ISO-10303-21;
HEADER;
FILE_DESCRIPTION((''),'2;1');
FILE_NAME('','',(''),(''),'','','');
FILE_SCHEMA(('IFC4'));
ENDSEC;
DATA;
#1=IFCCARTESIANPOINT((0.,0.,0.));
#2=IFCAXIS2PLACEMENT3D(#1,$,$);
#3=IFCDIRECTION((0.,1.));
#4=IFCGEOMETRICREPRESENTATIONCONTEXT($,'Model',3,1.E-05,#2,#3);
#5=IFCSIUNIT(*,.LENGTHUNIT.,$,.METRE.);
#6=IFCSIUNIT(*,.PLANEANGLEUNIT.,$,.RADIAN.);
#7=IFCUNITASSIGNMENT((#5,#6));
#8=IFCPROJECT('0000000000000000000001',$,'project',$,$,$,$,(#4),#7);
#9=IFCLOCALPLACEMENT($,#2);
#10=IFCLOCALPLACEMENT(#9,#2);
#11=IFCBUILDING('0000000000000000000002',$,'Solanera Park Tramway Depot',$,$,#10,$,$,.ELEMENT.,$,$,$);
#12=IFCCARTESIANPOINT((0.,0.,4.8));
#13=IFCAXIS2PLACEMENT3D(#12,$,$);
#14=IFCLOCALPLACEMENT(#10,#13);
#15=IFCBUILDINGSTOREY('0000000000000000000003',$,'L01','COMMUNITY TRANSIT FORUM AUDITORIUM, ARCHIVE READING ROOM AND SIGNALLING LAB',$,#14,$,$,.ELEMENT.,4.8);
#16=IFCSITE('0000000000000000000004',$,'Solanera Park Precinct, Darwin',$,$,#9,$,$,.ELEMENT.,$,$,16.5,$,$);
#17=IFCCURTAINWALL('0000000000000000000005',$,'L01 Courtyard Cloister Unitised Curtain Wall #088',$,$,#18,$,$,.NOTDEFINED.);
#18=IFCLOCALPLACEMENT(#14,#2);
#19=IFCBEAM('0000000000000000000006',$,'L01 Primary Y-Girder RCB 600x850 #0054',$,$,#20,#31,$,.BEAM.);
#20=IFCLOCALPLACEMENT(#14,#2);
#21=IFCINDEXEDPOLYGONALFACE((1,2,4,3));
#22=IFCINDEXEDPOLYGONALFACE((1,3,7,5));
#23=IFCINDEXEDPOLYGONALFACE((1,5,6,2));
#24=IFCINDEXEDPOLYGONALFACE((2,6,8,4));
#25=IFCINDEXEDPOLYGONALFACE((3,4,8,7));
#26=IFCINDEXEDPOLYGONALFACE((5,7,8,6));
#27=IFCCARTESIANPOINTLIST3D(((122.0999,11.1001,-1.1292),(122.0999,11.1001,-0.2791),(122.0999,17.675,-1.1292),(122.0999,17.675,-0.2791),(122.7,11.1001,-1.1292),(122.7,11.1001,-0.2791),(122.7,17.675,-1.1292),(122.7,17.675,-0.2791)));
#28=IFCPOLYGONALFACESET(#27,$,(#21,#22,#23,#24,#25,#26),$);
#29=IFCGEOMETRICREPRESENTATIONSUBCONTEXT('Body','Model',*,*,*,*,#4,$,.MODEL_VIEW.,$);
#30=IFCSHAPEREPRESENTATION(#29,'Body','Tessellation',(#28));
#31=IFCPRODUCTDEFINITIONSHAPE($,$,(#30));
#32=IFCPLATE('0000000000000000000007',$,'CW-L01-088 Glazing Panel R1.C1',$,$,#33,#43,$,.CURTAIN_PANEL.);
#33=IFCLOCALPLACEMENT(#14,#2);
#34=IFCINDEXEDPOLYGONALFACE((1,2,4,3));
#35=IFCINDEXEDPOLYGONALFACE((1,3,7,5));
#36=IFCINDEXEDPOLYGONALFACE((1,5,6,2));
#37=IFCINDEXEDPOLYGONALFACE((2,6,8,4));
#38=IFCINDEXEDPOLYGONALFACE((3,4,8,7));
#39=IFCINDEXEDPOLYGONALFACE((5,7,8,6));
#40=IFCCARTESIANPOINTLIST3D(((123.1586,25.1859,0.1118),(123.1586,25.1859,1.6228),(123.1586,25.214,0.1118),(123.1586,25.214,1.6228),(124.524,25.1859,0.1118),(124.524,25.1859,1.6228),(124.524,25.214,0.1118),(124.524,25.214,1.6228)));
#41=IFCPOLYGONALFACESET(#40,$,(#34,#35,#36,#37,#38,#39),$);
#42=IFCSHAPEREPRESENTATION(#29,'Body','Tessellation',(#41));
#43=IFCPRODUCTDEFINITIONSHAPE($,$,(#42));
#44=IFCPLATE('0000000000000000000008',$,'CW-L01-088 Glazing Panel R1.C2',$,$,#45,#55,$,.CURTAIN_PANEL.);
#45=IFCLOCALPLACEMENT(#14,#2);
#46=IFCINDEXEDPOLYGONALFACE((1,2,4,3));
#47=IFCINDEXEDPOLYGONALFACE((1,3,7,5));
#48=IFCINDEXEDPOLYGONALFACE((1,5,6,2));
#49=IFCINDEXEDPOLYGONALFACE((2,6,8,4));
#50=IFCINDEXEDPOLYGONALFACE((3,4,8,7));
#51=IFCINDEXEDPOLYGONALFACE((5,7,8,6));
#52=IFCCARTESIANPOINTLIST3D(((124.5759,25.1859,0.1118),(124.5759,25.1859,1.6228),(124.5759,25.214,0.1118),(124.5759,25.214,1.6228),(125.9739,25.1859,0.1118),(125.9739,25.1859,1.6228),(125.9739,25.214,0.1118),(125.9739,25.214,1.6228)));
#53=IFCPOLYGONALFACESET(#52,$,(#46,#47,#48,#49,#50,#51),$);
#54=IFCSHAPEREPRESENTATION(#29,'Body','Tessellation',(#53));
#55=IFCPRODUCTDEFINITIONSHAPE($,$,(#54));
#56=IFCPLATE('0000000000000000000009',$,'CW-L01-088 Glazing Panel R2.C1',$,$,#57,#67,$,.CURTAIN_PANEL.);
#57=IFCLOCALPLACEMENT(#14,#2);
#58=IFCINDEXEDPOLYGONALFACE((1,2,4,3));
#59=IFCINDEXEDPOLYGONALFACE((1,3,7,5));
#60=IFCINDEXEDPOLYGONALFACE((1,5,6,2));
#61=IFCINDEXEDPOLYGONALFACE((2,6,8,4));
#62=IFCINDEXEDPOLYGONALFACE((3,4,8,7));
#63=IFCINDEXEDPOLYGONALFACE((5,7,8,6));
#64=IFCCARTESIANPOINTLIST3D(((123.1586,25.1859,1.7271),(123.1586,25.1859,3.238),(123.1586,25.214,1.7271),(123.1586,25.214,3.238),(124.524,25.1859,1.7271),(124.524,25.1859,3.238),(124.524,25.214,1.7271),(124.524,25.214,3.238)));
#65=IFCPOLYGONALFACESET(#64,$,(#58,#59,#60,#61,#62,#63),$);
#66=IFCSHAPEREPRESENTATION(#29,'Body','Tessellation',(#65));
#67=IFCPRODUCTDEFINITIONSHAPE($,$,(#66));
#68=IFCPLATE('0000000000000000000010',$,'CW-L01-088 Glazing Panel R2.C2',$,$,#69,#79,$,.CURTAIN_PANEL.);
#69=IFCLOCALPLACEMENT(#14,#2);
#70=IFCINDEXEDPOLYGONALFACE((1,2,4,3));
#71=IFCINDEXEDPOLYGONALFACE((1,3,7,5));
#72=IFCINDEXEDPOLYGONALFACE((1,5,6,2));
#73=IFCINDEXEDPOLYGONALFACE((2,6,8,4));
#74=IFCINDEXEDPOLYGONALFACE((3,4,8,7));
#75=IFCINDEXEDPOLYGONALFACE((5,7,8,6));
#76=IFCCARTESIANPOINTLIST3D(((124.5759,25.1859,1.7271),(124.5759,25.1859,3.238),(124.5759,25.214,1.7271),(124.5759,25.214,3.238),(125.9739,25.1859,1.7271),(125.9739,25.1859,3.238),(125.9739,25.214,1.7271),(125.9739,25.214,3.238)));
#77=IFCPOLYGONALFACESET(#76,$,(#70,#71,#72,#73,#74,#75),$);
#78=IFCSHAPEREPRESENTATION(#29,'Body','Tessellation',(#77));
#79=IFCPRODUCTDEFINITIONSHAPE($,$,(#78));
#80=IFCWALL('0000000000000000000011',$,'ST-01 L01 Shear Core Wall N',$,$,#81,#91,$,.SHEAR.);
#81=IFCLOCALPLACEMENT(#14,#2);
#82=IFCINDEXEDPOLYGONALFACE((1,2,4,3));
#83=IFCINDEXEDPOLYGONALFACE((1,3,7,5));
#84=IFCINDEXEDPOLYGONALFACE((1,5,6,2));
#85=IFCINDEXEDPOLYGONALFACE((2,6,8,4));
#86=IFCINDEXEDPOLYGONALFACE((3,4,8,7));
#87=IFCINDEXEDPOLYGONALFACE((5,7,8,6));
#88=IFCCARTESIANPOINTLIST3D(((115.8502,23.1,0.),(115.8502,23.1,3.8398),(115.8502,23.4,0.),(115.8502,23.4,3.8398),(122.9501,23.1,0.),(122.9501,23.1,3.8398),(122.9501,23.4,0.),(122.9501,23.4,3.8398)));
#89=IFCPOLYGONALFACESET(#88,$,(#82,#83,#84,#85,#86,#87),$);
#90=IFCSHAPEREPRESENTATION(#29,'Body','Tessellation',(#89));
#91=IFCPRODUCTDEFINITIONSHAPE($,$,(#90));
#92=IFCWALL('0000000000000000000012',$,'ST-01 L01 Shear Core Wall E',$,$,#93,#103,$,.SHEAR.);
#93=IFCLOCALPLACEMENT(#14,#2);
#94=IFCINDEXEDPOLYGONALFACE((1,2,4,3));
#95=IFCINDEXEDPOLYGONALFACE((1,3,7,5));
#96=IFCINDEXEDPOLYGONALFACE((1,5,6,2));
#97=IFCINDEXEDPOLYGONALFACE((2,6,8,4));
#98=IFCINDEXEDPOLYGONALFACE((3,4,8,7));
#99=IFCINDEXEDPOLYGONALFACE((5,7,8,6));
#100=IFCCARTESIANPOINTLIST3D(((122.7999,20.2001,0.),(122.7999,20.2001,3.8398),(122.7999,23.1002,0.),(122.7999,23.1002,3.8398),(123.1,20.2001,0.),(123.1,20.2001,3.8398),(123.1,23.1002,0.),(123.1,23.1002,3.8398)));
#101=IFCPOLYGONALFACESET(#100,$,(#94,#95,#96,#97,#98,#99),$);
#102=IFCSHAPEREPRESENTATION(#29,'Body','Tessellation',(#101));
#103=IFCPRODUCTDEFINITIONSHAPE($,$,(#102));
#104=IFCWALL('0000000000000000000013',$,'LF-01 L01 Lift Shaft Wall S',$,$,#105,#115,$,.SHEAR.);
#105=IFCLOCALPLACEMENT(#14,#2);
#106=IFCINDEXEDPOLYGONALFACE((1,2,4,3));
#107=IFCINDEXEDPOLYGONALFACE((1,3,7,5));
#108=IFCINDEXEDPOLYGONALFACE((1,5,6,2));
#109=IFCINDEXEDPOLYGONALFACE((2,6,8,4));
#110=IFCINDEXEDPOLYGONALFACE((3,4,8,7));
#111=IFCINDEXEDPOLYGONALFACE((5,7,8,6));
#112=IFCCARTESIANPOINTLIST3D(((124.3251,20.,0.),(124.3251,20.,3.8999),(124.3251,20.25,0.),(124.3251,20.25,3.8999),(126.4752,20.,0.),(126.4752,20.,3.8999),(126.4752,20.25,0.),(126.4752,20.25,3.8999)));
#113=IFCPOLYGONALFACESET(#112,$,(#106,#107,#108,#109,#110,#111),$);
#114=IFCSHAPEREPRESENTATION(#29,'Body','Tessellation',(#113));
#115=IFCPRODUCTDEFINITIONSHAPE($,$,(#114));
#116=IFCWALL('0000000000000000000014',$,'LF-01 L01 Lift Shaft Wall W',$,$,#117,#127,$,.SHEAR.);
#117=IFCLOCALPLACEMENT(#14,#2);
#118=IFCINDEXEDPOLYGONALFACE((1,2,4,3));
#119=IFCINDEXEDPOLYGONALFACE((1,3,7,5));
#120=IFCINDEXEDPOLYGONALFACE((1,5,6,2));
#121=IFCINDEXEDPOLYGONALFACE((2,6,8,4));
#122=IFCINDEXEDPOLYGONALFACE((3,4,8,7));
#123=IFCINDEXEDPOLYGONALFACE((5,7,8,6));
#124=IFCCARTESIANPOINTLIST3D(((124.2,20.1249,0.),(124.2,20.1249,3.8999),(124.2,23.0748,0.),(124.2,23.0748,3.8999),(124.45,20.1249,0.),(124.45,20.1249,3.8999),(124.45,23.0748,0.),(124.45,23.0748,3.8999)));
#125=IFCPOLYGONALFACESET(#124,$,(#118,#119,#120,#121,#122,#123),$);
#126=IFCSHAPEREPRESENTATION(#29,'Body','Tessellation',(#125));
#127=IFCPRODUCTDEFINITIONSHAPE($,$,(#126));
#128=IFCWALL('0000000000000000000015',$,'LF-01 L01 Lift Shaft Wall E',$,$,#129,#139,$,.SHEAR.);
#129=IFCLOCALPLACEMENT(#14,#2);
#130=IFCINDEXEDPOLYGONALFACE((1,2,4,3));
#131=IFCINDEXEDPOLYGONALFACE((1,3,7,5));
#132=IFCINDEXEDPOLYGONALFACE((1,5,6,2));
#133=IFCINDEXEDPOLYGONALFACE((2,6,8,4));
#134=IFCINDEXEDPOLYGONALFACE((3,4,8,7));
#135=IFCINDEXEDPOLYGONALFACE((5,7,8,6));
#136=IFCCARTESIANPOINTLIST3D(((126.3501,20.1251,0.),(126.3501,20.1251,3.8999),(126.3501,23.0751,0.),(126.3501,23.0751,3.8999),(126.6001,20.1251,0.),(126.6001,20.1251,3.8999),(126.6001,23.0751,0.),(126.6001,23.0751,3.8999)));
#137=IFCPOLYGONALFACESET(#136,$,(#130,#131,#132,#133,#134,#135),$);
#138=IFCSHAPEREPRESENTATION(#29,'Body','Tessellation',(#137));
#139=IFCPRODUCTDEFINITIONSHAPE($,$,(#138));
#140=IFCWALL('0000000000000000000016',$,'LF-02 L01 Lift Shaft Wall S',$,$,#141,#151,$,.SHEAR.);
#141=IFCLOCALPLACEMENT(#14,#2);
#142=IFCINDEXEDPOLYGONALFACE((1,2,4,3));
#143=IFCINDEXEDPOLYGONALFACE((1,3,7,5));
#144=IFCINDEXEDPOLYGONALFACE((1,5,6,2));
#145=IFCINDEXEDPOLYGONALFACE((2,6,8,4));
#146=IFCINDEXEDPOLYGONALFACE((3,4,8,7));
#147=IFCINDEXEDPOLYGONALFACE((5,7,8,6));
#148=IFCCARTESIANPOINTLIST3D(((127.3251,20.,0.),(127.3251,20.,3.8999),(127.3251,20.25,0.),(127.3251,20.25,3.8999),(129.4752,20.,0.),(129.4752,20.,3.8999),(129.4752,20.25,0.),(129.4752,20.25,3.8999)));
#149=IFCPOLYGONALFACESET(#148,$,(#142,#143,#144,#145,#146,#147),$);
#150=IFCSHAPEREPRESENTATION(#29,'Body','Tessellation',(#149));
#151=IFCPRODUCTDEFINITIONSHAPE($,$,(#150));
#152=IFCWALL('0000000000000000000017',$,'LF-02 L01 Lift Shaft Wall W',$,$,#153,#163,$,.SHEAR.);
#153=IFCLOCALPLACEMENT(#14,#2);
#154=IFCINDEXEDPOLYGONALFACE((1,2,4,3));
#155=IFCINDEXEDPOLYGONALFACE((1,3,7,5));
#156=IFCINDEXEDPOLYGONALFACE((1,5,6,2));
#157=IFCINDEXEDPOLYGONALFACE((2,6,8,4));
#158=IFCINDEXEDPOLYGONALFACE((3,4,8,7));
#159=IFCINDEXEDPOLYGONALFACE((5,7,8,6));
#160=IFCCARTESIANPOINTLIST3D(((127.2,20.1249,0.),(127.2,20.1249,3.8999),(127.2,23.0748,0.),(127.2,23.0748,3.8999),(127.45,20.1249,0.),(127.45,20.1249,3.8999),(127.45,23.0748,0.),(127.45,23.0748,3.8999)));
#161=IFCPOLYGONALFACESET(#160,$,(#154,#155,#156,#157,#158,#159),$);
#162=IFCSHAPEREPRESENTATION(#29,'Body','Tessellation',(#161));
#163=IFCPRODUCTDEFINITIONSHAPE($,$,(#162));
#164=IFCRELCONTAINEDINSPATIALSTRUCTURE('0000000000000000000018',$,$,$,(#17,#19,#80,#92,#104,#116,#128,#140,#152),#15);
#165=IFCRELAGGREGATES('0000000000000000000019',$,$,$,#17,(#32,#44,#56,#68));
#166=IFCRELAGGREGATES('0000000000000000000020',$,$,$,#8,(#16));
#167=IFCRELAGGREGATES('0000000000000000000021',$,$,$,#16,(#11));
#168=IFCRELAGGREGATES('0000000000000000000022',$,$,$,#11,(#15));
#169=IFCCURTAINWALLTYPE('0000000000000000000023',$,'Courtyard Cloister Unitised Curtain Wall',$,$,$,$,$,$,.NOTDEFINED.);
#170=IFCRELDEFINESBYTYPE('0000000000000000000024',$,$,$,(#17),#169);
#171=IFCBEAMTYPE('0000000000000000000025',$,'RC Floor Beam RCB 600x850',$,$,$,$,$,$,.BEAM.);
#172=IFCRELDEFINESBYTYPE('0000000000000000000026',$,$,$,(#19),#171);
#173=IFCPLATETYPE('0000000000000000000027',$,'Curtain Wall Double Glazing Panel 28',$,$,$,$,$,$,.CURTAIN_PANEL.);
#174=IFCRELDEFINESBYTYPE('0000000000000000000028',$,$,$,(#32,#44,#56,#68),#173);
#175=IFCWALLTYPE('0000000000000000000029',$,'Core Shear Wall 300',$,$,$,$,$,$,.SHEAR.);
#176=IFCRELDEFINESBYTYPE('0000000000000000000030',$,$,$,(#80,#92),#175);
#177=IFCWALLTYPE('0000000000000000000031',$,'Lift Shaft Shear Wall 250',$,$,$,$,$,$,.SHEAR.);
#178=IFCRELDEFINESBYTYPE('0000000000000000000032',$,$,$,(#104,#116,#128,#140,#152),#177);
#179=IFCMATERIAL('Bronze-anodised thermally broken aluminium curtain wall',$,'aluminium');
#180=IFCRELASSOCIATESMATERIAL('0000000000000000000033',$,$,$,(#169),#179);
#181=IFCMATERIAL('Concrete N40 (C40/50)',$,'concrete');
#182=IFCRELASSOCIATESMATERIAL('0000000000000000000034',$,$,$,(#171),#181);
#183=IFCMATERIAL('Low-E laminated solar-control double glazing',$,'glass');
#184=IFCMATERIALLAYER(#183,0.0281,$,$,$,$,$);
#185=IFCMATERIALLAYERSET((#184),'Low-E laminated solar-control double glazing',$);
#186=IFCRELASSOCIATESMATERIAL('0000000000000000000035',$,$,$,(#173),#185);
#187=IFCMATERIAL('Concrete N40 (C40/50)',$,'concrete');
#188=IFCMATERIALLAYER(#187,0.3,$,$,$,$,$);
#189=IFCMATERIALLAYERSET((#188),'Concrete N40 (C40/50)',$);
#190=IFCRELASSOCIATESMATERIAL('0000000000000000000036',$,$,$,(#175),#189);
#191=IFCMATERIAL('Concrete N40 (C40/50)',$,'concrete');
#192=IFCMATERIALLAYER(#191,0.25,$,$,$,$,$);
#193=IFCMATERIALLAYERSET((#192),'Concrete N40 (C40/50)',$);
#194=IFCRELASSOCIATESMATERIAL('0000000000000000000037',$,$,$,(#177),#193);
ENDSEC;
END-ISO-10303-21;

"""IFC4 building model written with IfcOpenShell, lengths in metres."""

from ifc_helpers import new_model, si_unit, direction, frame, frame_2d, origin, origin_2d, place, context, subcontext, project, spatial, rectangle, extrude, material, layer, layer_set, material_profile, profile_set, type_object, element, aggregate, save


model = new_model("IFC4")

# Units and contexts
model_context = context("Model", 3, precision=1e-05, world=origin(), true_north=direction((0.0, 1.0)))
body_context = subcontext(model_context, "Body", "Model", "MODEL_VIEW")
ifc_project = project(units=[si_unit("LENGTHUNIT", "METRE"), si_unit("PLANEANGLEUNIT", "RADIAN")], contexts=[model_context])

# Site, building, storey
site_placement = place(None, origin())
site = spatial("IfcSite", under=ifc_project, at=site_placement, Name="Solanera Park Precinct, Darwin", CompositionType="ELEMENT", RefElevation=16.5)
building_placement = place(site_placement, origin())
building = spatial("IfcBuilding", under=site, at=building_placement, Name="Solanera Park Tramway Depot", CompositionType="ELEMENT")
storey_placement = place(building_placement, frame((0.0, 0.0, 4.8)))
storey = spatial("IfcBuildingStorey", under=building, at=storey_placement, Name="L01", Description="COMMUNITY TRANSIT FORUM AUDITORIUM, ARCHIVE READING ROOM AND SIGNALLING LAB", CompositionType="ELEMENT", Elevation=4.8)

# Curtain wall
ifc_material_1 = material(Name="Bronze-anodised thermally broken aluminium curtain wall", Category="aluminium")
curtain_wall_type = type_object("IfcCurtainWallType", Name="Courtyard Cloister Unitised Curtain Wall", PredefinedType="NOTDEFINED", material=ifc_material_1)
curtain_wall_placement = place(storey_placement, origin())
curtain_wall = element("IfcCurtainWall", 1, at=curtain_wall_placement, inside=storey, type_object=curtain_wall_type, Name="L01 Courtyard Cloister Unitised Curtain Wall #088", PredefinedType="NOTDEFINED")

# Beam
ifc_material_2 = material(Name="Concrete N40 (C40/50)", Category="concrete")
ifc_material_profile_1 = material_profile(ifc_material_2, rectangle(XDim=0.6001, YDim=0.8501, at=origin_2d()), Name="RCB 600x850")
ifc_profile_set_1 = profile_set([ifc_material_profile_1], Name="Concrete N40 (C40/50)")
beam_type_1 = type_object("IfcBeamType", Name="RC Floor Beam RCB 600x850", PredefinedType="BEAM", material=ifc_profile_set_1)
beam_1_placement = place(storey_placement, frame((122.3999, 11.1001, -0.7041), z_axis=(0.0, 1.0, 0.0), x_axis=(-1.0, 0.0, 0.0)))
element("IfcBeam", 2, at=beam_1_placement, inside=storey, type_object=beam_type_1, Name="L01 Primary Y-Girder RCB 600x850 #0054", PredefinedType="BEAM", context=body_context, shape_type="SweptSolid", body=[
    extrude(rectangle(XDim=0.6001, YDim=0.8501, at=origin_2d()), origin(), (0.0, 0.0, 1.0), 6.575),
])

# Plates
ifc_material_3 = material(Name="Low-E laminated solar-control double glazing", Category="glass")
ifc_layer_1 = layer(ifc_material_3, 0.0281)
ifc_layer_set_1 = layer_set([ifc_layer_1], Name="Low-E laminated solar-control double glazing")
plate_type = type_object("IfcPlateType", Name="Curtain Wall Double Glazing Panel 28", PredefinedType="CURTAIN_PANEL", material=ifc_layer_set_1)
plate_1_placement = place(storey_placement, frame((123.8413, 25.2, 0.1118), z_axis=(0.0, 0.0, 1.0), x_axis=(1.0, 0.0, 0.0)))
plate_1 = element("IfcPlate", 3, at=plate_1_placement, type_object=plate_type, Name="CW-L01-088 Glazing Panel R1.C1", PredefinedType="CURTAIN_PANEL", context=body_context, shape_type="SweptSolid", body=[
    extrude(rectangle(XDim=1.3655, YDim=0.0281, at=origin_2d()), origin(), (0.0, 0.0, 1.0), 1.511),
])
plate_2_placement = place(storey_placement, frame((125.2749, 25.2, 0.1118), z_axis=(0.0, 0.0, 1.0), x_axis=(1.0, 0.0, 0.0)))
plate_2 = element("IfcPlate", 4, at=plate_2_placement, type_object=plate_type, Name="CW-L01-088 Glazing Panel R1.C2", PredefinedType="CURTAIN_PANEL", context=body_context, shape_type="SweptSolid", body=[
    extrude(rectangle(XDim=1.3979, YDim=0.0281, at=origin_2d()), origin(), (0.0, 0.0, 1.0), 1.511),
])
plate_3_placement = place(storey_placement, frame((123.8413, 25.2, 1.7271), z_axis=(0.0, 0.0, 1.0), x_axis=(1.0, 0.0, 0.0)))
plate_3 = element("IfcPlate", 5, at=plate_3_placement, type_object=plate_type, Name="CW-L01-088 Glazing Panel R2.C1", PredefinedType="CURTAIN_PANEL", context=body_context, shape_type="SweptSolid", body=[
    extrude(rectangle(XDim=1.3655, YDim=0.0281, at=origin_2d()), origin(), (0.0, 0.0, 1.0), 1.511),
])
plate_4_placement = place(storey_placement, frame((125.2749, 25.2, 1.7271), z_axis=(0.0, 0.0, 1.0), x_axis=(1.0, 0.0, 0.0)))
plate_4 = element("IfcPlate", 6, at=plate_4_placement, type_object=plate_type, Name="CW-L01-088 Glazing Panel R2.C2", PredefinedType="CURTAIN_PANEL", context=body_context, shape_type="SweptSolid", body=[
    extrude(rectangle(XDim=1.3979, YDim=0.0281, at=origin_2d()), origin(), (0.0, 0.0, 1.0), 1.511),
])
aggregate(curtain_wall, [plate_1, plate_2, plate_3, plate_4])

# Walls
ifc_material_4 = material(Name="Concrete N40 (C40/50)", Category="concrete")
ifc_layer_2 = layer(ifc_material_4, 0.3)
ifc_layer_set_2 = layer_set([ifc_layer_2], Name="Concrete N40 (C40/50)")
wall_type_1 = type_object("IfcWallType", Name="Core Shear Wall 300", PredefinedType="SHEAR", material=ifc_layer_set_2)
wall_1_placement = place(storey_placement, frame((122.95, 23.25, 0.0), z_axis=(0.0, 0.0, 1.0), x_axis=(-1.0, 0.0, 0.0)))
element("IfcWall", 7, at=wall_1_placement, inside=storey, type_object=wall_type_1, Name="ST-01 L01 Shear Core Wall N", PredefinedType="SHEAR", context=body_context, shape_type="SweptSolid", body=[
    extrude(rectangle(XDim=7.0999, YDim=0.3, at=frame_2d((3.5498, 0.0))), origin(), (0.0, 0.0, 1.0), 3.8398),
])
wall_2_placement = place(storey_placement, frame((122.95, 20.2, 0.0), z_axis=(0.0, 0.0, 1.0), x_axis=(0.0, 1.0, 0.0)))
element("IfcWall", 8, at=wall_2_placement, inside=storey, type_object=wall_type_1, Name="ST-01 L01 Shear Core Wall E", PredefinedType="SHEAR", context=body_context, shape_type="SweptSolid", body=[
    extrude(rectangle(XDim=2.9001, YDim=0.3, at=frame_2d((1.4502, 0.0))), origin(), (0.0, 0.0, 1.0), 3.8398),
])
ifc_material_5 = material(Name="Concrete N40 (C40/50)", Category="concrete")
ifc_layer_3 = layer(ifc_material_5, 0.25)
ifc_layer_set_3 = layer_set([ifc_layer_3], Name="Concrete N40 (C40/50)")
wall_type_2 = type_object("IfcWallType", Name="Lift Shaft Shear Wall 250", PredefinedType="SHEAR", material=ifc_layer_set_3)
wall_3_placement = place(storey_placement, frame((124.325, 20.125, 0.0), z_axis=(0.0, 0.0, 1.0), x_axis=(1.0, 0.0, 0.0)))
element("IfcWall", 9, at=wall_3_placement, inside=storey, type_object=wall_type_2, Name="LF-01 L01 Lift Shaft Wall S", PredefinedType="SHEAR", context=body_context, shape_type="SweptSolid", body=[
    extrude(rectangle(XDim=2.1501, YDim=0.25, at=frame_2d((1.0752, 0.0))), origin(), (0.0, 0.0, 1.0), 3.8999),
])

# Walls
for number, where, z_axis, x_axis, name in (
    (10, (124.325, 23.075, 0.0), (0.0, 0.0, 1.0), (0.0, -1.0, 0.0), "LF-01 L01 Lift Shaft Wall W"),
    (11, (126.4751, 20.125, 0.0), (0.0, 0.0, 1.0), (0.0, 1.0, 0.0), "LF-01 L01 Lift Shaft Wall E"),
):
    element("IfcWall", number, at=place(storey_placement, frame(where, z_axis=z_axis, x_axis=x_axis)), inside=storey, type_object=wall_type_2, Name=name, PredefinedType="SHEAR", context=body_context, shape_type="SweptSolid", body=[
        extrude(rectangle(XDim=2.95, YDim=0.25, at=frame_2d((1.4751, 0.0))), origin(), (0.0, 0.0, 1.0), 3.8999),
    ])
wall_4_placement = place(storey_placement, frame((127.325, 20.125, 0.0), z_axis=(0.0, 0.0, 1.0), x_axis=(1.0, 0.0, 0.0)))
element("IfcWall", 12, at=wall_4_placement, inside=storey, type_object=wall_type_2, Name="LF-02 L01 Lift Shaft Wall S", PredefinedType="SHEAR", context=body_context, shape_type="SweptSolid", body=[
    extrude(rectangle(XDim=2.1501, YDim=0.25, at=frame_2d((1.0752, 0.0))), origin(), (0.0, 0.0, 1.0), 3.8999),
])
wall_5_placement = place(storey_placement, frame((127.325, 23.075, 0.0), z_axis=(0.0, 0.0, 1.0), x_axis=(0.0, -1.0, 0.0)))
element("IfcWall", 13, at=wall_5_placement, inside=storey, type_object=wall_type_2, Name="LF-02 L01 Lift Shaft Wall W", PredefinedType="SHEAR", context=body_context, shape_type="SweptSolid", body=[
    extrude(rectangle(XDim=2.95, YDim=0.25, at=frame_2d((1.4751, 0.0))), origin(), (0.0, 0.0, 1.0), 3.8999),
])

save(model, "model.ifc")
